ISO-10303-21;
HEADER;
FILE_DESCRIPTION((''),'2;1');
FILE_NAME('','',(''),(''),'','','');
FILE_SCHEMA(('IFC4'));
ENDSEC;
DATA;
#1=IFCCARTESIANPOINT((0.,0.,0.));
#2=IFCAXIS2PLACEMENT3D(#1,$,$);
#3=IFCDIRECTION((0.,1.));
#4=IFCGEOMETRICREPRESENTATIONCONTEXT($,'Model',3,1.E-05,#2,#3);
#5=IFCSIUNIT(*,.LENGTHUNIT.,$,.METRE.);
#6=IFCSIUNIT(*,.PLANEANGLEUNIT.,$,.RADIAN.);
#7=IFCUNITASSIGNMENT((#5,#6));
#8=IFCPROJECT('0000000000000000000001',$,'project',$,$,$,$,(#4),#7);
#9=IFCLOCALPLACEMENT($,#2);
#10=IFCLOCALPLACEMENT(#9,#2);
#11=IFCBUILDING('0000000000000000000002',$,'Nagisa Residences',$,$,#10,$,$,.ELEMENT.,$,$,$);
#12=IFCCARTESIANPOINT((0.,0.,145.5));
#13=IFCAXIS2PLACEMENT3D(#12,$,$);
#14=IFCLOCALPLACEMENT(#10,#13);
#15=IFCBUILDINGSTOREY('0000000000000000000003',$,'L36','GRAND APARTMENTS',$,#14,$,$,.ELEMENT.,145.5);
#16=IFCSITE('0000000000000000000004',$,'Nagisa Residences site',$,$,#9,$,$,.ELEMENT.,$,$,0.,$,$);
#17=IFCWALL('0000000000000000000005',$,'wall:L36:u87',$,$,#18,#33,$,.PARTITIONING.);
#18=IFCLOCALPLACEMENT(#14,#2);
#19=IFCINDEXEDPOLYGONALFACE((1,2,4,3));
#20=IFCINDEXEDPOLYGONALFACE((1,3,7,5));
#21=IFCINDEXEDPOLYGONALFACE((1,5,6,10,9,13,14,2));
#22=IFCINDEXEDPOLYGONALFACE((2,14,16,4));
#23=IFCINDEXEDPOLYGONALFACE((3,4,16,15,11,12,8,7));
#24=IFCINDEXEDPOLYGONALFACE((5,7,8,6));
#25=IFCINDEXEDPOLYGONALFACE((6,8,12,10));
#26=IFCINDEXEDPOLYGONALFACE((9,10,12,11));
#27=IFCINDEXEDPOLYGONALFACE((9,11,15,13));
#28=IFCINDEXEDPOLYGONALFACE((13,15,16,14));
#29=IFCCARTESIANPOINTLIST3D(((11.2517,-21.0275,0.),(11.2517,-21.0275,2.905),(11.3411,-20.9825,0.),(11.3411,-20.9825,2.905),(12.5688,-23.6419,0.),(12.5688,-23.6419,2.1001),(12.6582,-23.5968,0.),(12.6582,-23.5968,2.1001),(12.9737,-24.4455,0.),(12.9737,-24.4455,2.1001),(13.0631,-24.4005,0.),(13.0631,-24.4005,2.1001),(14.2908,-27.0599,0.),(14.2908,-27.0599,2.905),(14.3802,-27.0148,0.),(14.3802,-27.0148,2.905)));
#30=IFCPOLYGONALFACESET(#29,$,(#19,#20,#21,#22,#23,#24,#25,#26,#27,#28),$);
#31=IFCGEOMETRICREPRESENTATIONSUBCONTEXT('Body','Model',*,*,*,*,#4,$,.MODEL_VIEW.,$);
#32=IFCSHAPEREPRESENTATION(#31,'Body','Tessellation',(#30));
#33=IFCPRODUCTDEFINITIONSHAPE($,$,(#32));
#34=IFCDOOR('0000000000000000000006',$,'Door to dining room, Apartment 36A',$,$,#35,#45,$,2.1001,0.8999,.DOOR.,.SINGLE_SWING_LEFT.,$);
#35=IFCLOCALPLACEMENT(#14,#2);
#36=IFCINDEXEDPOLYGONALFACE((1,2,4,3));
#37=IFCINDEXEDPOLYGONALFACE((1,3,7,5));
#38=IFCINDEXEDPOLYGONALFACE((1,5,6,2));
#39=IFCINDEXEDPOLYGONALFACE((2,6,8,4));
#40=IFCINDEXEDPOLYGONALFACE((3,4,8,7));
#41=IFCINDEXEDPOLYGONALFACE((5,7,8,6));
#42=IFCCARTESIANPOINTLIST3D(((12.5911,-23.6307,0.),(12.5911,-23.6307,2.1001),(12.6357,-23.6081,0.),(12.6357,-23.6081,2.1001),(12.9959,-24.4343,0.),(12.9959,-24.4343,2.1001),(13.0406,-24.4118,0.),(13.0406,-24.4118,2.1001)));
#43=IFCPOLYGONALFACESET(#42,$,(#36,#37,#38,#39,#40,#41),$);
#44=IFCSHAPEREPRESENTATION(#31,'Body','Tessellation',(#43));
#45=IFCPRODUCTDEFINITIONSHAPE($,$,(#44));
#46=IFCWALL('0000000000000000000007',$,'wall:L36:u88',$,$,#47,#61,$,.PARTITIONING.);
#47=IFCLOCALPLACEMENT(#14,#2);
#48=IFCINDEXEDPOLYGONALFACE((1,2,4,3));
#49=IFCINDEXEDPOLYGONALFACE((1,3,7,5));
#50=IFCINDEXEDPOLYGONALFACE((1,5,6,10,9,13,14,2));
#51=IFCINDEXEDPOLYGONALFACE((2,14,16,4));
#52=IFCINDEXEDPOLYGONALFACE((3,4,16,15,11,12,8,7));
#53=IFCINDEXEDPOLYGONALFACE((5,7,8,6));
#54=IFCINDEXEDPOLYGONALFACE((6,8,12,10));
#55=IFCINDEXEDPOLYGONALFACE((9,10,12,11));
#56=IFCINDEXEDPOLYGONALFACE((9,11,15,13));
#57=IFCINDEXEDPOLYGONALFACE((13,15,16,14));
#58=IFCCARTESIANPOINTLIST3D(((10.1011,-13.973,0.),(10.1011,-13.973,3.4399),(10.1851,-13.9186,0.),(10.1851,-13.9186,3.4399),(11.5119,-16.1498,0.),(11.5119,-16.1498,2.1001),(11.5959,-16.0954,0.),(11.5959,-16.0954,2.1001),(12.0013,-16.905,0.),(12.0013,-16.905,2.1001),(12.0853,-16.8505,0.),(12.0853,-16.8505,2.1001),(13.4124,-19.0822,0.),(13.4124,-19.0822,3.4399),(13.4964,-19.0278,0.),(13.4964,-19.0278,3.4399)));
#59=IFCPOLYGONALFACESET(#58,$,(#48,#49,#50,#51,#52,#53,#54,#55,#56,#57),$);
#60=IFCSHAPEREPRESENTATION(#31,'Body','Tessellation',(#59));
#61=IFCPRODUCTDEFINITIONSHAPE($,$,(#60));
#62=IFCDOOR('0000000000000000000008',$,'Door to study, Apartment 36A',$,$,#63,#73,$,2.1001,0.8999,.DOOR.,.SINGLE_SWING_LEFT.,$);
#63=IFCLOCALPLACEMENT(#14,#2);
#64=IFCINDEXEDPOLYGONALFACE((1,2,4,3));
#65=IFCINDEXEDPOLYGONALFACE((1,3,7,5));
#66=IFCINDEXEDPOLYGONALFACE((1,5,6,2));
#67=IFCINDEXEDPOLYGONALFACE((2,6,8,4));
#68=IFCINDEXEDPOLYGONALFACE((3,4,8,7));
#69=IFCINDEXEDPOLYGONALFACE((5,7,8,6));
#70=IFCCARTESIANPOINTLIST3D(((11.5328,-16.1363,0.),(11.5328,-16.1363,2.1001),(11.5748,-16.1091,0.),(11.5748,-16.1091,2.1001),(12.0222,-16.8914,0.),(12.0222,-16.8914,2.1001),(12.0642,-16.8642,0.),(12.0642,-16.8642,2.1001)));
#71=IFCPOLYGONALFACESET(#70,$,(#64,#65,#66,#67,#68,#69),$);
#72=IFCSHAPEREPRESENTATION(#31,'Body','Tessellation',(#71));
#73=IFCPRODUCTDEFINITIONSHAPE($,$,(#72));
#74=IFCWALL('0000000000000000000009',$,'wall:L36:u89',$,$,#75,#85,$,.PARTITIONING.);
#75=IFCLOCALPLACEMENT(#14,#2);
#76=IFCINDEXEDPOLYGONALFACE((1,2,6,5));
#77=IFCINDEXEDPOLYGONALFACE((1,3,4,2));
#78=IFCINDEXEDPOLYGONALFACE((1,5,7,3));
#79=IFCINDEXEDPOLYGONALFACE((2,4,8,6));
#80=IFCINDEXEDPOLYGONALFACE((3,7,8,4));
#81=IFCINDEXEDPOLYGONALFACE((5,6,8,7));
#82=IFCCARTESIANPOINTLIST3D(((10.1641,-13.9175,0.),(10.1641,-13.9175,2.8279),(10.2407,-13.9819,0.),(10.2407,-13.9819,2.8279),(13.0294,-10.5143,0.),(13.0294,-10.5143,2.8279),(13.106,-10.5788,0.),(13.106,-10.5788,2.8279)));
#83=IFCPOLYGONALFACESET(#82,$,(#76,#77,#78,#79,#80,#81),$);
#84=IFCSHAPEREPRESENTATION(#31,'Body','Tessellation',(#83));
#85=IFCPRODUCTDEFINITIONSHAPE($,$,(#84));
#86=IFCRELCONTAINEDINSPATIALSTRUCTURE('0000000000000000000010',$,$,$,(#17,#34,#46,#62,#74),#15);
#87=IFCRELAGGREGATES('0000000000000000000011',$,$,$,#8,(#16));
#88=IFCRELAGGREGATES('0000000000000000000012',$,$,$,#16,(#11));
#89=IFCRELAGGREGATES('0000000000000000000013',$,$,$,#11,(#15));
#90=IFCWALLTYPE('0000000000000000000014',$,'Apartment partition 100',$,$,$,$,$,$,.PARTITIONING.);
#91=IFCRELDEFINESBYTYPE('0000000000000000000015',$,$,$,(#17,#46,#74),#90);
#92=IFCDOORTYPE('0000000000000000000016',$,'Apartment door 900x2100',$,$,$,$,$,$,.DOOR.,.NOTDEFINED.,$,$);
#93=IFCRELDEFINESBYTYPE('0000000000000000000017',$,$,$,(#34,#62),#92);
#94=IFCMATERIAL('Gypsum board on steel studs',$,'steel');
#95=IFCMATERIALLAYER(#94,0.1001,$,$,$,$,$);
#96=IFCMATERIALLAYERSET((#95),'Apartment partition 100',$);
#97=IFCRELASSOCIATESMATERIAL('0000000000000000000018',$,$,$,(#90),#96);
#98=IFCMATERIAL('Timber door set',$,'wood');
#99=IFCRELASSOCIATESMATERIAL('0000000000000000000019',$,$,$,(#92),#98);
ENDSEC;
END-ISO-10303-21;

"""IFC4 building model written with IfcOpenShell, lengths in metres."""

from ifc_helpers import new_model, si_unit, direction, frame, frame_2d, origin, place, context, subcontext, project, spatial, rectangle, extrude, material, layer, layer_set, type_object, element, fill, save


model = new_model("IFC4")

# Units and contexts
model_context = context("Model", 3, precision=1e-05, world=origin(), true_north=direction((0.0, 1.0)))
body_context = subcontext(model_context, "Body", "Model", "MODEL_VIEW")
ifc_project = project(units=[si_unit("LENGTHUNIT", "METRE"), si_unit("PLANEANGLEUNIT", "RADIAN")], contexts=[model_context])

# Site, building, storey
site_placement = place(None, origin())
site = spatial("IfcSite", under=ifc_project, at=site_placement, Name="Nagisa Residences site", CompositionType="ELEMENT", RefElevation=0.0)
building_placement = place(site_placement, origin())
building = spatial("IfcBuilding", under=site, at=building_placement, Name="Nagisa Residences", CompositionType="ELEMENT")
storey_placement = place(building_placement, frame((0.0, 0.0, 145.5)))
storey = spatial("IfcBuildingStorey", under=building, at=storey_placement, Name="L36", Description="GRAND APARTMENTS", CompositionType="ELEMENT", Elevation=145.5)

# Shared definitions
ifc_material_1 = material(Name="Gypsum board on steel studs", Category="steel")
ifc_layer_1 = layer(ifc_material_1, 0.1001)
ifc_layer_set_1 = layer_set([ifc_layer_1], Name="Apartment partition 100")
wall_type_1 = type_object("IfcWallType", Name="Apartment partition 100", PredefinedType="PARTITIONING", material=ifc_layer_set_1)

# Shared definitions
ifc_material_2 = material(Name="Timber door set", Category="wood")
door_type_1 = type_object("IfcDoorType", Name="Apartment door 900x2100", OperationType="NOTDEFINED", PredefinedType="DOOR", material=ifc_material_2)

# Walls, openings, doors
wall_1_placement = place(storey_placement, frame((11.2964, -21.0049, 0.0), z_axis=(0.0, 0.0, 1.0), x_axis=(0.449915, -0.893071, 0.0)))
wall_1 = element("IfcWall", 1, at=wall_1_placement, inside=storey, type_object=wall_type_1, Name="wall:L36:u87", PredefinedType="PARTITIONING", context=body_context, shape_type="SweptSolid", body=[
    extrude(rectangle(XDim=6.7546, YDim=0.1001, at=frame_2d((3.3774, 0.0))), origin(), (0.0, 0.0, 1.0), 2.905),
])
opening_1_placement = place(wall_1_placement, frame((2.9275, 0.0, 0.0)))
opening_1 = element("IfcOpeningElement", 2, at=opening_1_placement, cuts=wall_1, PredefinedType="OPENING", context=body_context, shape_type="SweptSolid", body=[
    extrude(rectangle(XDim=0.8999, YDim=2.1001, at=frame_2d((0.45, 1.05))), frame((0.0, 0.0601, 0.0), z_axis=(0.0, -1.0, 0.0), x_axis=(1.0, 0.0, 0.0)), (0.0, 0.0, 1.0), 0.1201),
])
door_1_placement = place(opening_1_placement, origin())
door_1 = element("IfcDoor", 3, at=door_1_placement, inside=storey, type_object=door_type_1, Name="Door to dining room, Apartment 36A", OperationType="SINGLE_SWING_LEFT", OverallHeight=2.1001, OverallWidth=0.8999, PredefinedType="DOOR", context=body_context, shape_type="SweptSolid", body=[
    extrude(rectangle(XDim=0.8999, YDim=2.1001, at=frame_2d((0.45, 1.05))), frame((0.0, 0.0249, 0.0), z_axis=(0.0, -1.0, 0.0), x_axis=(1.0, 0.0, 0.0)), (0.0, 0.0, 1.0), 0.05),
])
fill(opening_1, door_1)
wall_2_placement = place(storey_placement, frame((10.1431, -13.9458, 0.0), z_axis=(0.0, 0.0, 1.0), x_axis=(0.543873, -0.839168, 0.0)))
wall_2 = element("IfcWall", 4, at=wall_2_placement, inside=storey, type_object=wall_type_1, Name="wall:L36:u88", PredefinedType="PARTITIONING", context=body_context, shape_type="SweptSolid", body=[
    extrude(rectangle(XDim=6.0884, YDim=0.1001, at=frame_2d((3.0442, 0.0))), origin(), (0.0, 0.0, 1.0), 3.4399),
])
opening_2_placement = place(wall_2_placement, frame((2.594, 0.0, 0.0)))
opening_2 = element("IfcOpeningElement", 5, at=opening_2_placement, cuts=wall_2, PredefinedType="OPENING", context=body_context, shape_type="SweptSolid", body=[
    extrude(rectangle(XDim=0.8999, YDim=2.1001, at=frame_2d((0.45, 1.05))), frame((0.0, 0.0601, 0.0), z_axis=(0.0, -1.0, 0.0), x_axis=(1.0, 0.0, 0.0)), (0.0, 0.0, 1.0), 0.1201),
])
door_2_placement = place(opening_2_placement, origin())
door_2 = element("IfcDoor", 6, at=door_2_placement, inside=storey, type_object=door_type_1, Name="Door to study, Apartment 36A", OperationType="SINGLE_SWING_LEFT", OverallHeight=2.1001, OverallWidth=0.8999, PredefinedType="DOOR", context=body_context, shape_type="SweptSolid", body=[
    extrude(rectangle(XDim=0.8999, YDim=2.1001, at=frame_2d((0.45, 1.05))), frame((0.0, 0.0249, 0.0), z_axis=(0.0, -1.0, 0.0), x_axis=(1.0, 0.0, 0.0)), (0.0, 0.0, 1.0), 0.05),
])
fill(opening_2, door_2)

# Wall
wall_3_placement = place(storey_placement, frame((10.2024, -13.9497, 0.0), z_axis=(0.0, 0.0, 1.0), x_axis=(0.644068, 0.764968, 0.0)))
element("IfcWall", 7, at=wall_3_placement, inside=storey, type_object=wall_type_1, Name="wall:L36:u89", PredefinedType="PARTITIONING", context=body_context, shape_type="SweptSolid", body=[
    extrude(rectangle(XDim=4.4487, YDim=0.1001, at=frame_2d((2.2244, 0.0))), origin(), (0.0, 0.0, 1.0), 2.8279),
])

save(model, "model.ifc")
